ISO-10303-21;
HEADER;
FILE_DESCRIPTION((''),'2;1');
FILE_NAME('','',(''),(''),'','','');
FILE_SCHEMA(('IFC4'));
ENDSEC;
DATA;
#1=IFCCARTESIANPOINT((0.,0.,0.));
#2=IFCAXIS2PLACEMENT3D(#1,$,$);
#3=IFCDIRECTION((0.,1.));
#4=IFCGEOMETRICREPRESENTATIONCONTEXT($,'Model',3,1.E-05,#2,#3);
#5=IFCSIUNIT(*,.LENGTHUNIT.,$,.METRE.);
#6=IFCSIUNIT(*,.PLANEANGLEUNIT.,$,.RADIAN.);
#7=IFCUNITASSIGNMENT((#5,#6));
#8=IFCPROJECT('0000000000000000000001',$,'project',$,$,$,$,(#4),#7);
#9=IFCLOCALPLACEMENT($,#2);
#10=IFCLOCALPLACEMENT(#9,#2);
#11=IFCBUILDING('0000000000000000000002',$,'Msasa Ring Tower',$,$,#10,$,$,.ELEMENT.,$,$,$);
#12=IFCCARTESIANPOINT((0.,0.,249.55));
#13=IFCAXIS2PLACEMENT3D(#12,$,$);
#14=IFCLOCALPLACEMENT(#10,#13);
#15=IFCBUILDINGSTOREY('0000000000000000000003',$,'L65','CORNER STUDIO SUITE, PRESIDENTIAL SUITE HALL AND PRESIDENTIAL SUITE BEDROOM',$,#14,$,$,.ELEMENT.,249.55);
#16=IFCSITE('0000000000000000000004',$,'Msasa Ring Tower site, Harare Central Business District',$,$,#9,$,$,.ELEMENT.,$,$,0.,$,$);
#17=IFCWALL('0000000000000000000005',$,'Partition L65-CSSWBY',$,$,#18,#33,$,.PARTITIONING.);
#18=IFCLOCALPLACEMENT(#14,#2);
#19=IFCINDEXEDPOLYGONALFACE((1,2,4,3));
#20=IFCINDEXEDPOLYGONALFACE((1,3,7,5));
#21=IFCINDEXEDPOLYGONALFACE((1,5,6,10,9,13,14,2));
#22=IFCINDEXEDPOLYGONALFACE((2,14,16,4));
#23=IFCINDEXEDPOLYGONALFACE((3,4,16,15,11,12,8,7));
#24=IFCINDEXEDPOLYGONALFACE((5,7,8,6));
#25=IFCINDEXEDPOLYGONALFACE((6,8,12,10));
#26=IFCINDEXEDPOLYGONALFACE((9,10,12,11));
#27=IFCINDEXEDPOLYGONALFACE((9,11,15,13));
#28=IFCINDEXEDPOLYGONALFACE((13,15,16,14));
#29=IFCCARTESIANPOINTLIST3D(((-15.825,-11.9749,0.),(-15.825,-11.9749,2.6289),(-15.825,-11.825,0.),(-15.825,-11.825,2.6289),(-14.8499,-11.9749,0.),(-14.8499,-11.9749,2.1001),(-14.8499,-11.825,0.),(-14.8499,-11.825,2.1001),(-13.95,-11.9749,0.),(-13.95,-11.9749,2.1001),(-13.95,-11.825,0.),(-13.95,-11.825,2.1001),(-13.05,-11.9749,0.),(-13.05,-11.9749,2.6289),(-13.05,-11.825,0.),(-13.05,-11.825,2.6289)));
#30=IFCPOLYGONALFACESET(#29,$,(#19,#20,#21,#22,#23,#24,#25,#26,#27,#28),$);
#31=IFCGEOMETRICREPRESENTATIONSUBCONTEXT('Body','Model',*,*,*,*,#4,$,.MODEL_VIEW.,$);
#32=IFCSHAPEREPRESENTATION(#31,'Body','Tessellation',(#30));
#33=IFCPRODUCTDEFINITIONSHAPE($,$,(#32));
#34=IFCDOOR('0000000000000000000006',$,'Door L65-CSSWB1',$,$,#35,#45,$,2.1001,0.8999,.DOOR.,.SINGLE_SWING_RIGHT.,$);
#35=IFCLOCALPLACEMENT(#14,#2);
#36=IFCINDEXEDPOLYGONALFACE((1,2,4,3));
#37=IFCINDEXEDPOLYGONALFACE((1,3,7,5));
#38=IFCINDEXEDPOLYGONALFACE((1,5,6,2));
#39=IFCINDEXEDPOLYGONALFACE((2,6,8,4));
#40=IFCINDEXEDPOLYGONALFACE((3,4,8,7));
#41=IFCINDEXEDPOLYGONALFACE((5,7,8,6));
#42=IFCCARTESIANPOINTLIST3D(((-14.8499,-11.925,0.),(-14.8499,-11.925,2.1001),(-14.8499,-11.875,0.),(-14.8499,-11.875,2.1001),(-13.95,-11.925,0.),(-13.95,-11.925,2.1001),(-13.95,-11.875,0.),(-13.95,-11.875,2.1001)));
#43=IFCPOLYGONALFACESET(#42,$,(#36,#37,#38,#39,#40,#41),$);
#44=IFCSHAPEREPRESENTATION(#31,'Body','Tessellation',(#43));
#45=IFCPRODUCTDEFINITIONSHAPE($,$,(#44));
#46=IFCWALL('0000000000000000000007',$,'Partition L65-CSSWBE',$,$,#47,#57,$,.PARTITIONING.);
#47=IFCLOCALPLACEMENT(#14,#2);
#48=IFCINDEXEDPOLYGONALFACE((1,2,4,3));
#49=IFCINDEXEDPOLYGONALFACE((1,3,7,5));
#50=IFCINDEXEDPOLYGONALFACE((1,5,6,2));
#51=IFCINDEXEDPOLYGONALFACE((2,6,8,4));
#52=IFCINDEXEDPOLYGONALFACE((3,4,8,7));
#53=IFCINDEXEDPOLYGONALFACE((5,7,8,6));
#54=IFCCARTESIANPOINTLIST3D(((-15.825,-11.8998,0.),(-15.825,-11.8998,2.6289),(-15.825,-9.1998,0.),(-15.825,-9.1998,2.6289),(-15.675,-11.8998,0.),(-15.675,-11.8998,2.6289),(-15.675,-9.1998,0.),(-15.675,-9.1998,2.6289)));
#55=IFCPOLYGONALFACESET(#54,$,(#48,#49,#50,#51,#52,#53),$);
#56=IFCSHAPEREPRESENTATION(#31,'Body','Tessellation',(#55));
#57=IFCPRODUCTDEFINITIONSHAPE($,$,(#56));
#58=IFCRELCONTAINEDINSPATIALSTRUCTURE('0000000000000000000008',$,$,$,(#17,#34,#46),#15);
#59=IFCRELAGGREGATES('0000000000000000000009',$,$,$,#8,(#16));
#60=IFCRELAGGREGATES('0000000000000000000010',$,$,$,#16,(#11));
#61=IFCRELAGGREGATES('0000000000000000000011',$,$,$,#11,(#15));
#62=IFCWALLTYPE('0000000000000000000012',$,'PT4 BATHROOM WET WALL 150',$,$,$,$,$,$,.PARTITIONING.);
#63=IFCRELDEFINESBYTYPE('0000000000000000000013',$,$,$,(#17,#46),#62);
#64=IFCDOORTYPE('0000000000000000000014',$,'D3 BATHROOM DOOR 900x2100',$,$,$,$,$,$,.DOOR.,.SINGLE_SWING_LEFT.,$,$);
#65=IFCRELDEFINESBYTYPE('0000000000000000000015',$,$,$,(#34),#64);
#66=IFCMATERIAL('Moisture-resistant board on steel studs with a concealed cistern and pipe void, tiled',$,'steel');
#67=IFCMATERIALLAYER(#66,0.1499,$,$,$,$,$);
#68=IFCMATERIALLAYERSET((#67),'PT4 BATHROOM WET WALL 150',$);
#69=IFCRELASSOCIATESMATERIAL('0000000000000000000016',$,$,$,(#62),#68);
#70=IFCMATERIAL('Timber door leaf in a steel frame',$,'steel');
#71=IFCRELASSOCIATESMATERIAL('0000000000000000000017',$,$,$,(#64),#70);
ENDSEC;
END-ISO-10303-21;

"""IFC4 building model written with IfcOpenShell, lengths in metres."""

from ifc_helpers import new_model, si_unit, direction, frame, frame_2d, origin, place, context, subcontext, project, spatial, rectangle, extrude, material, layer, layer_set, type_object, element, fill, save


model = new_model("IFC4")

# Units and contexts
model_context = context("Model", 3, precision=1e-05, world=origin(), true_north=direction((0.0, 1.0)))
body_context = subcontext(model_context, "Body", "Model", "MODEL_VIEW")
ifc_project = project(units=[si_unit("LENGTHUNIT", "METRE"), si_unit("PLANEANGLEUNIT", "RADIAN")], contexts=[model_context])

# Site, building, storey
site_placement = place(None, origin())
site = spatial("IfcSite", under=ifc_project, at=site_placement, Name="Msasa Ring Tower site, Harare Central Business District", CompositionType="ELEMENT", RefElevation=0.0)
building_placement = place(site_placement, origin())
building = spatial("IfcBuilding", under=site, at=building_placement, Name="Msasa Ring Tower", CompositionType="ELEMENT")
storey_placement = place(building_placement, frame((0.0, 0.0, 249.55)))
storey = spatial("IfcBuildingStorey", under=building, at=storey_placement, Name="L65", Description="CORNER STUDIO SUITE, PRESIDENTIAL SUITE HALL AND PRESIDENTIAL SUITE BEDROOM", CompositionType="ELEMENT", Elevation=249.55)

# Wall, opening, door
ifc_material_1 = material(Name="Moisture-resistant board on steel studs with a concealed cistern and pipe void, tiled", Category="steel")
ifc_layer_1 = layer(ifc_material_1, 0.1499)
ifc_layer_set_1 = layer_set([ifc_layer_1], Name="PT4 BATHROOM WET WALL 150")
wall_type_1 = type_object("IfcWallType", Name="PT4 BATHROOM WET WALL 150", PredefinedType="PARTITIONING", material=ifc_layer_set_1)
wall_1_placement = place(storey_placement, frame((-15.825, -11.8999, 0.0), z_axis=(0.0, 0.0, 1.0), x_axis=(1.0, 0.0, 0.0)))
wall_1 = element("IfcWall", 1, at=wall_1_placement, inside=storey, type_object=wall_type_1, Name="Partition L65-CSSWBY", PredefinedType="PARTITIONING", context=body_context, shape_type="SweptSolid", body=[
    extrude(rectangle(XDim=2.7749, YDim=0.1499, at=frame_2d((1.3875, 0.0))), origin(), (0.0, 0.0, 1.0), 2.6289),
])
opening_1_placement = place(wall_1_placement, frame((0.9751, 0.0, 0.0)))
opening_1 = element("IfcOpeningElement", 2, at=opening_1_placement, cuts=wall_1, PredefinedType="OPENING", context=body_context, shape_type="SweptSolid", body=[
    extrude(rectangle(XDim=0.8999, YDim=2.1001, at=frame_2d((0.45, 1.05))), frame((0.0, 0.085, 0.0), z_axis=(0.0, -1.0, 0.0), x_axis=(1.0, 0.0, 0.0)), (0.0, 0.0, 1.0), 0.1699),
])
ifc_material_2 = material(Name="Timber door leaf in a steel frame", Category="steel")
door_type_1 = type_object("IfcDoorType", Name="D3 BATHROOM DOOR 900x2100", OperationType="SINGLE_SWING_LEFT", PredefinedType="DOOR", material=ifc_material_2)
door_1_placement = place(opening_1_placement, origin())
door_1 = element("IfcDoor", 3, at=door_1_placement, inside=storey, type_object=door_type_1, Name="Door L65-CSSWB1", OperationType="SINGLE_SWING_RIGHT", OverallHeight=2.1001, OverallWidth=0.8999, PredefinedType="DOOR", context=body_context, shape_type="SweptSolid", body=[
    extrude(rectangle(XDim=0.8999, YDim=2.1001, at=frame_2d((0.45, 1.05))), frame((0.0, 0.0249, 0.0), z_axis=(0.0, -1.0, 0.0), x_axis=(1.0, 0.0, 0.0)), (0.0, 0.0, 1.0), 0.05),
])
fill(opening_1, door_1)

# Wall
wall_2_placement = place(storey_placement, frame((-15.75, -11.8999, 0.0), z_axis=(0.0, 0.0, 1.0), x_axis=(0.0, 1.0, 0.0)))
element("IfcWall", 4, at=wall_2_placement, inside=storey, type_object=wall_type_1, Name="Partition L65-CSSWBE", PredefinedType="PARTITIONING", context=body_context, shape_type="SweptSolid", body=[
    extrude(rectangle(XDim=2.7, YDim=0.1499, at=frame_2d((1.3501, 0.0))), origin(), (0.0, 0.0, 1.0), 2.6289),
])

save(model, "model.ifc")
